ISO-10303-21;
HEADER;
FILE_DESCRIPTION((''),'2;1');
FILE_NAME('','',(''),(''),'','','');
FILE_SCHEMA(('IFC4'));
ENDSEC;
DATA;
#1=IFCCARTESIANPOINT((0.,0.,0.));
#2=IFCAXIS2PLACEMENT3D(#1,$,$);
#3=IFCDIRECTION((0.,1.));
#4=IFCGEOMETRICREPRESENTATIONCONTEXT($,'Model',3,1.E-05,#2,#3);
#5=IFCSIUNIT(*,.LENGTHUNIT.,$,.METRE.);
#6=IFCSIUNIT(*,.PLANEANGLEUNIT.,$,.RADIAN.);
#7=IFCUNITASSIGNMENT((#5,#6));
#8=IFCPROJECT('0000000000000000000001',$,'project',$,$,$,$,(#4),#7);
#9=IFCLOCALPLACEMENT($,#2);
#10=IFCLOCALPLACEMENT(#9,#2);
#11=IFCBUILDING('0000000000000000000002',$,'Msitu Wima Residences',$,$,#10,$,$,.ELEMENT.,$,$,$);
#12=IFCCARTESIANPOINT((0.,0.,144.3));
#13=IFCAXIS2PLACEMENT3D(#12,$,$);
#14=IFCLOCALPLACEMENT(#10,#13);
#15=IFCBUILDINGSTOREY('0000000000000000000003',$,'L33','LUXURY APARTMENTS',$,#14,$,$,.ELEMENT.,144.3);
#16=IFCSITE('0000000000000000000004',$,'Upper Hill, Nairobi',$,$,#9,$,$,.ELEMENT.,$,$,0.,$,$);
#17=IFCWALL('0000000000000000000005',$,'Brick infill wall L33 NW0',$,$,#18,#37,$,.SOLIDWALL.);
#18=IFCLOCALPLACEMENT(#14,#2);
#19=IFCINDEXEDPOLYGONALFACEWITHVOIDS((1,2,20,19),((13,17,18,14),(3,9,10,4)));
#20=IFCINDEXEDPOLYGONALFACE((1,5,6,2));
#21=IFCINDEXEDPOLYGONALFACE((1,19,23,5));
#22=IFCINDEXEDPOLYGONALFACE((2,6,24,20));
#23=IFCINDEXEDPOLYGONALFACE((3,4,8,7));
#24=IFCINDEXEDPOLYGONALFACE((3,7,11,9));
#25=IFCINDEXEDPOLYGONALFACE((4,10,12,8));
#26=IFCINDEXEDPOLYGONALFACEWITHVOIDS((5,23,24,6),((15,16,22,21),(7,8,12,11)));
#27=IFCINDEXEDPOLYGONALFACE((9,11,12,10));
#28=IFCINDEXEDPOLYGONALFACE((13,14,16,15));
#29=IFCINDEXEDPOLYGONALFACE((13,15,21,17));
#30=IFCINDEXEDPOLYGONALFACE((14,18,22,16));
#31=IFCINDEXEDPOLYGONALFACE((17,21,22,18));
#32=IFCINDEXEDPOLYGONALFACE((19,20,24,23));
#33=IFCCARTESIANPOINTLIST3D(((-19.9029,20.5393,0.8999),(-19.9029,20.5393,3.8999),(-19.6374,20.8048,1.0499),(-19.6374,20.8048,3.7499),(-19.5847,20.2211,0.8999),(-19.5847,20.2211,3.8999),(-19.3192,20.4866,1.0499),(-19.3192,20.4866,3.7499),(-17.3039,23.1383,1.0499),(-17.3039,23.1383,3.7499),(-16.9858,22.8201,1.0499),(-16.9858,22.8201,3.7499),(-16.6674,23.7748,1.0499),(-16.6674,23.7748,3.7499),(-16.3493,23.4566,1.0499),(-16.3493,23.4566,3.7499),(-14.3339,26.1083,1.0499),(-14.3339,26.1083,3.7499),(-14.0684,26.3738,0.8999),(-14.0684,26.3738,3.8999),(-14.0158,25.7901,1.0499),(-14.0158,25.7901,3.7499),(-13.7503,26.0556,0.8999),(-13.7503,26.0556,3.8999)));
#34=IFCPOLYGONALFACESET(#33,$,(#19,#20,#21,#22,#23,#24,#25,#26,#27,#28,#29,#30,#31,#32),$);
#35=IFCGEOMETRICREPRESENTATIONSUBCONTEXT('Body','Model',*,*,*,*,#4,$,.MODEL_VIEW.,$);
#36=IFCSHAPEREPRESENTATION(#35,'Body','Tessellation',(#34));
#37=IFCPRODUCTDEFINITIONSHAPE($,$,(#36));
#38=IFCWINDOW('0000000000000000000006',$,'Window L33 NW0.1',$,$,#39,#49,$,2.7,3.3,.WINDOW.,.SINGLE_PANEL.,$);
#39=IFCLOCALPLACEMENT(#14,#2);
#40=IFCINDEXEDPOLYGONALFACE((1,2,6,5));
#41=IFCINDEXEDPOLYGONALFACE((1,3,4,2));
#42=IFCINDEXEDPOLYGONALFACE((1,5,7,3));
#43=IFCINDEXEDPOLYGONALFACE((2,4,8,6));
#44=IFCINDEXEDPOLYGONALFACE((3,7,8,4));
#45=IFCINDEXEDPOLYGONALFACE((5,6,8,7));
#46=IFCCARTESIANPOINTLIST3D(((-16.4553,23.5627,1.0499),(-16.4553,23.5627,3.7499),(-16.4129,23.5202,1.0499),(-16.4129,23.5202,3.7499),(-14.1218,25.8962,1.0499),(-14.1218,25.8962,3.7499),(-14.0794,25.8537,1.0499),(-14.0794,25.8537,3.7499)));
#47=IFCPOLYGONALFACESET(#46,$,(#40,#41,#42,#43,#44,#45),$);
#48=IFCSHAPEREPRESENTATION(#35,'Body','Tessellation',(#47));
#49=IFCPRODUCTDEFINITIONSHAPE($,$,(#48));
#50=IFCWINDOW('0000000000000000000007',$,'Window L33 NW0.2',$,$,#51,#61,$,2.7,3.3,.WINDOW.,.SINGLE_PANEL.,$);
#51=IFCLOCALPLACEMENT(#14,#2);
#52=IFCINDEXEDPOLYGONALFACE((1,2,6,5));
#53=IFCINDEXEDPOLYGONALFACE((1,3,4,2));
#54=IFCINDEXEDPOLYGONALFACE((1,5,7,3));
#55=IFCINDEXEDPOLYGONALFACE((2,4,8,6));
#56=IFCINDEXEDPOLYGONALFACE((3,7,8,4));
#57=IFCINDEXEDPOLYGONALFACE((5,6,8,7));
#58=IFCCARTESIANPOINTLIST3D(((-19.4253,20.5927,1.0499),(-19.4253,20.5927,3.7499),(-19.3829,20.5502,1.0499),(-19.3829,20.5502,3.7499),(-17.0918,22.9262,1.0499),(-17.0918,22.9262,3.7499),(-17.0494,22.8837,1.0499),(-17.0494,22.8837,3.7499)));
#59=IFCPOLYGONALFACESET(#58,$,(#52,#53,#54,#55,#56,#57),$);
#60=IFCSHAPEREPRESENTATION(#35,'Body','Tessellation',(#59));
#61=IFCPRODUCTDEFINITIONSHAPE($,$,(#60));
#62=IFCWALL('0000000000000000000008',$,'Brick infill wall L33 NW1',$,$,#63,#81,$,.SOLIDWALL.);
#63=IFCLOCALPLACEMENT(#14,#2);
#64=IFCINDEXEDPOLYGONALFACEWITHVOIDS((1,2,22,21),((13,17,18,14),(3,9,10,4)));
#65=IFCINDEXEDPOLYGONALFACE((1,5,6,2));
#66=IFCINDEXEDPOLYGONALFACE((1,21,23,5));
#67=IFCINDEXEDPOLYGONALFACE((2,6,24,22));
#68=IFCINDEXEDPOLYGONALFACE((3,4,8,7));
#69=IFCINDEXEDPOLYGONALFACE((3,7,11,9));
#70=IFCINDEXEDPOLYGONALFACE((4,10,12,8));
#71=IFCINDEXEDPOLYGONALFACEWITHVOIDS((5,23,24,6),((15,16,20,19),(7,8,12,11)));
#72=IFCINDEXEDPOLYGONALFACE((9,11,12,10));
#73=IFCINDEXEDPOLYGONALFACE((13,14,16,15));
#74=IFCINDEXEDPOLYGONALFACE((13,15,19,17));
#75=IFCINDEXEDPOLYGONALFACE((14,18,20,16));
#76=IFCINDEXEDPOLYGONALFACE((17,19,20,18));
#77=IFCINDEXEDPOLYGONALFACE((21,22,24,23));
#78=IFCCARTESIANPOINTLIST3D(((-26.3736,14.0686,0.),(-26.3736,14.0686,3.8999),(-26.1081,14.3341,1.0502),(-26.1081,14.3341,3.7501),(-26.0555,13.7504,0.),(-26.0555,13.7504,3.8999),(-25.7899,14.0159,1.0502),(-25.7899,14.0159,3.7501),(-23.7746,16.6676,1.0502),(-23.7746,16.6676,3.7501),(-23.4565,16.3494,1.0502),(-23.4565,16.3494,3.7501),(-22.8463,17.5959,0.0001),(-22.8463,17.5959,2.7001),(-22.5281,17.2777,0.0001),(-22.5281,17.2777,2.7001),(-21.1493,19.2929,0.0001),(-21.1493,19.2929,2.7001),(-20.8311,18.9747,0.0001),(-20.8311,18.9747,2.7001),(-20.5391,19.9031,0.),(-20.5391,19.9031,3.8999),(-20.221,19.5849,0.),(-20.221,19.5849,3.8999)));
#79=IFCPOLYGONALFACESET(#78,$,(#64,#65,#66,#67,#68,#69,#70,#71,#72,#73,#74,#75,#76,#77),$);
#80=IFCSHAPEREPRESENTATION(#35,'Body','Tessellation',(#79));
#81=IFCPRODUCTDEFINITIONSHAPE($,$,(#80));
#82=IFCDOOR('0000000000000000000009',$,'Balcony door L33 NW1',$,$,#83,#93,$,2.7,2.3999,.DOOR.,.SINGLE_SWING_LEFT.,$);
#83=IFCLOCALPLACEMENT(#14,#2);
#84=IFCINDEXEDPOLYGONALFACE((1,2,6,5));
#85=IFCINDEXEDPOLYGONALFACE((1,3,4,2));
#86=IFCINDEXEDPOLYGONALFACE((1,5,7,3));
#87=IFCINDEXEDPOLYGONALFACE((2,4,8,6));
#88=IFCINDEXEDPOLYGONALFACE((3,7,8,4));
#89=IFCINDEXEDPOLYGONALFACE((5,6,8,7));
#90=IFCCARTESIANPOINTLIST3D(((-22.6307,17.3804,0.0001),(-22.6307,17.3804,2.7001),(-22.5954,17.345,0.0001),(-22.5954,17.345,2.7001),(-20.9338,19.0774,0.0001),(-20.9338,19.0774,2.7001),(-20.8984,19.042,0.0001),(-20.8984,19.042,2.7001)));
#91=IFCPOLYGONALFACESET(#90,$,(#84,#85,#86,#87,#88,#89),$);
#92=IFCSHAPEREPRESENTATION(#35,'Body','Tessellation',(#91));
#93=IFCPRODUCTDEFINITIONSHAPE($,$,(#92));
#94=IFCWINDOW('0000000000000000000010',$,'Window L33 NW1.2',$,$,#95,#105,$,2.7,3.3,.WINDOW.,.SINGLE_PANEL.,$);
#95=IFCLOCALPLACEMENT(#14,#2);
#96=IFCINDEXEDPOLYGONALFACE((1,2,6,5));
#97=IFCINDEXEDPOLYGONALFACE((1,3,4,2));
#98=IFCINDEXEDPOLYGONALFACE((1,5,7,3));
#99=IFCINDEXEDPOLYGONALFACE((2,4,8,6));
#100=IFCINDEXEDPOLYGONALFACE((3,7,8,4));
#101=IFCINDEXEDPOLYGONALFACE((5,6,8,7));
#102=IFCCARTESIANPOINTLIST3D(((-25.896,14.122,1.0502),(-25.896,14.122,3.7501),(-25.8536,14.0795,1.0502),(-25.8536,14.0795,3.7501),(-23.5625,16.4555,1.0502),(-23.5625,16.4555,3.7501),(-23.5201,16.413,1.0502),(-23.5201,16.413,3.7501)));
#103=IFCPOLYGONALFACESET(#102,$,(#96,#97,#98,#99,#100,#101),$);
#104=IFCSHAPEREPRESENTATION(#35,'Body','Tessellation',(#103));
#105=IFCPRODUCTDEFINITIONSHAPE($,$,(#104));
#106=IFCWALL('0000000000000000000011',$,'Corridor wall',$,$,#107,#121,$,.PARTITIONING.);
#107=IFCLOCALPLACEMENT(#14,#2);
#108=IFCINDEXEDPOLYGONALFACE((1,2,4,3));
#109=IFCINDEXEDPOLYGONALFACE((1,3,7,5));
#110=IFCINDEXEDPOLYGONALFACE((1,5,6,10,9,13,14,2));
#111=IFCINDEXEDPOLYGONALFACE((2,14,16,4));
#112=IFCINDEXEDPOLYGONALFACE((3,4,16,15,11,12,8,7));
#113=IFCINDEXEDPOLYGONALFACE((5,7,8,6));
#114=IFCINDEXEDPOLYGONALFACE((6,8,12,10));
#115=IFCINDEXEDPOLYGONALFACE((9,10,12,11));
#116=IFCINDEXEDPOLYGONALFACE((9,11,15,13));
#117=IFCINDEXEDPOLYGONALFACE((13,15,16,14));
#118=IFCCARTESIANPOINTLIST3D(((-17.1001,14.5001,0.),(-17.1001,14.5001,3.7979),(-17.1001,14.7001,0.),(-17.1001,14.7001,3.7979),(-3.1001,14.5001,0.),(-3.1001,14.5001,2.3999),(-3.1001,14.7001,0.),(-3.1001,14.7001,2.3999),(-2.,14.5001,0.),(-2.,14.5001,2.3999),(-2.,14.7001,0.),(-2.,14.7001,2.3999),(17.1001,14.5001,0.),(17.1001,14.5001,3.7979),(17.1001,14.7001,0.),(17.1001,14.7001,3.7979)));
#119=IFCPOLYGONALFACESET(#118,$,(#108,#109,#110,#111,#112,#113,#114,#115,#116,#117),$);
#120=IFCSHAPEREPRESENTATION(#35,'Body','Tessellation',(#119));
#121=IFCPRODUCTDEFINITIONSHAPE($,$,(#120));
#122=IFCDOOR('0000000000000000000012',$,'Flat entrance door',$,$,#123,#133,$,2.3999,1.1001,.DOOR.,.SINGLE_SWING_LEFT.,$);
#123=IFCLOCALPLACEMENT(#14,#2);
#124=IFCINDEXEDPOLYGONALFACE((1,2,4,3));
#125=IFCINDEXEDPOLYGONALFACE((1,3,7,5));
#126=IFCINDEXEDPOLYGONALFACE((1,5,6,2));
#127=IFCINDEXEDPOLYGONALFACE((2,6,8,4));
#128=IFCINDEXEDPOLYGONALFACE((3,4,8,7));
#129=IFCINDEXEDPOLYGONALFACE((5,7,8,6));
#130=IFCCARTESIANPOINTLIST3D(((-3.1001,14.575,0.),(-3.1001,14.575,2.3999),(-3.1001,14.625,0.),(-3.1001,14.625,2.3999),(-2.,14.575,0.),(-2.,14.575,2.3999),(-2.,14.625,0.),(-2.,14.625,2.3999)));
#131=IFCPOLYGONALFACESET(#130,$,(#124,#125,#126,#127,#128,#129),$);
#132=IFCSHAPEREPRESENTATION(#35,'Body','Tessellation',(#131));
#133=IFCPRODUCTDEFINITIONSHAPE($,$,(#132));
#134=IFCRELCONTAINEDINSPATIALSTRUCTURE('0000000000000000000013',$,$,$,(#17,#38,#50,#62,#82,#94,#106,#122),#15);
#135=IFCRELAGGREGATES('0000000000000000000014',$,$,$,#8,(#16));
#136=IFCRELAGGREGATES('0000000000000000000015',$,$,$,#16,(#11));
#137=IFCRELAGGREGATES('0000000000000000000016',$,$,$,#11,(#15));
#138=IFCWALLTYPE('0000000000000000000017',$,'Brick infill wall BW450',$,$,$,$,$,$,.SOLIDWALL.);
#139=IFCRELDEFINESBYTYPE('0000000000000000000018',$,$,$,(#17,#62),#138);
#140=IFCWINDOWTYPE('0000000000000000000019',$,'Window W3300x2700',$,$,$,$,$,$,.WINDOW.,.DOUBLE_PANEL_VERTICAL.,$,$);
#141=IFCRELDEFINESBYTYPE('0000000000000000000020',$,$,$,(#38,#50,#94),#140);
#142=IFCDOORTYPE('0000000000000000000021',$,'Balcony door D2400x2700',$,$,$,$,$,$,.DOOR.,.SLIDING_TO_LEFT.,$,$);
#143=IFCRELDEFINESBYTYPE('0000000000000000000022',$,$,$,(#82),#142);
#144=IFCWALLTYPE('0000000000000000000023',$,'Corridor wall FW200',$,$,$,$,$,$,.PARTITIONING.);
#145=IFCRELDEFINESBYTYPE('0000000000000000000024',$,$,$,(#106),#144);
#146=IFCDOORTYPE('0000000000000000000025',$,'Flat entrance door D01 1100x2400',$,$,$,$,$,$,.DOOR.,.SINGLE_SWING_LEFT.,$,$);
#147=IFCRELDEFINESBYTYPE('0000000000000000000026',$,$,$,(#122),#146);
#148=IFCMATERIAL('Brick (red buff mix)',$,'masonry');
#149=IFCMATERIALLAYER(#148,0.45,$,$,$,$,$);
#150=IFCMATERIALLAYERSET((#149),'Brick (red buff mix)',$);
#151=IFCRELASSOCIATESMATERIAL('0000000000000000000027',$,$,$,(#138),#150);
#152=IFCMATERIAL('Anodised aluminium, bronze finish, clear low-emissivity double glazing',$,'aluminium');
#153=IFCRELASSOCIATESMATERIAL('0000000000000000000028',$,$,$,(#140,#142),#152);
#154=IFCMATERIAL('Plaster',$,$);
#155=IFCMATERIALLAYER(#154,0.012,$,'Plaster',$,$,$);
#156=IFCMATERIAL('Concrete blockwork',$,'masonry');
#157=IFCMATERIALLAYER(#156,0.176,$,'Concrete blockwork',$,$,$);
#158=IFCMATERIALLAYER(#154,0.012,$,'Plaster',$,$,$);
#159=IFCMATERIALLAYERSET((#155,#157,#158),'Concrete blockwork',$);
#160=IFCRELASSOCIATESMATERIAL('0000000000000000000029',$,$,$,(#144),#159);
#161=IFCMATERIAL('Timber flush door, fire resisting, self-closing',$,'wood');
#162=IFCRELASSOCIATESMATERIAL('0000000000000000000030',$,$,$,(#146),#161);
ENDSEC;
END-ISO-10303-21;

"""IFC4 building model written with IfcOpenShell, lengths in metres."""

from ifc_helpers import new_model, si_unit, direction, frame, frame_2d, origin, place, context, subcontext, project, spatial, rectangle, extrude, material, layer, layer_set, type_object, element, fill, save


model = new_model("IFC4")

# Units and contexts
model_context = context("Model", 3, precision=1e-05, world=origin(), true_north=direction((0.0, 1.0)))
body_context = subcontext(model_context, "Body", "Model", "MODEL_VIEW")
ifc_project = project(units=[si_unit("LENGTHUNIT", "METRE"), si_unit("PLANEANGLEUNIT", "RADIAN")], contexts=[model_context])

# Site, building, storey
site_placement = place(None, origin())
site = spatial("IfcSite", under=ifc_project, at=site_placement, Name="Upper Hill, Nairobi", CompositionType="ELEMENT", RefElevation=0.0)
building_placement = place(site_placement, origin())
building = spatial("IfcBuilding", under=site, at=building_placement, Name="Msitu Wima Residences", CompositionType="ELEMENT")
storey_placement = place(building_placement, frame((0.0, 0.0, 144.3)))
storey = spatial("IfcBuildingStorey", under=building, at=storey_placement, Name="L33", Description="LUXURY APARTMENTS", CompositionType="ELEMENT", Elevation=144.3)

# Wall, openings, windows
ifc_material_1 = material(Name="Brick (red buff mix)", Category="masonry")
ifc_layer_1 = layer(ifc_material_1, 0.45)
ifc_layer_set_1 = layer_set([ifc_layer_1], Name="Brick (red buff mix)")
wall_type_1 = type_object("IfcWallType", Name="Brick infill wall BW450", PredefinedType="SOLIDWALL", material=ifc_layer_set_1)
wall_1_placement = place(storey_placement, frame((-13.9094, 26.2146, 0.8999), z_axis=(0.0, 0.0, 1.0), x_axis=(-0.707107, -0.707107, 0.0)))
wall_1 = element("IfcWall", 1, at=wall_1_placement, inside=storey, type_object=wall_type_1, Name="Brick infill wall L33 NW0", PredefinedType="SOLIDWALL", context=body_context, shape_type="SweptSolid", body=[
    extrude(rectangle(XDim=8.2512, YDim=0.45, at=frame_2d((4.1255, 0.0))), origin(), (0.0, 0.0, 1.0), 3.0),
])
opening_1_placement = place(wall_1_placement, frame((0.3755, 0.0, 0.1499)))
opening_1 = element("IfcOpeningElement", 2, at=opening_1_placement, cuts=wall_1, PredefinedType="OPENING", context=body_context, shape_type="SweptSolid", body=[
    extrude(rectangle(XDim=3.3, YDim=2.7, at=frame_2d((1.6499, 1.3501))), frame((0.0, 0.2349, 0.0), z_axis=(0.0, -1.0, 0.0), x_axis=(1.0, 0.0, 0.0)), (0.0, 0.0, 1.0), 0.47),
])
opening_2_placement = place(wall_1_placement, frame((4.5757, 0.0, 0.1499)))
opening_2 = element("IfcOpeningElement", 3, at=opening_2_placement, cuts=wall_1, PredefinedType="OPENING", context=body_context, shape_type="SweptSolid", body=[
    extrude(rectangle(XDim=3.3, YDim=2.7, at=frame_2d((1.6499, 1.3501))), frame((0.0, 0.2349, 0.0), z_axis=(0.0, -1.0, 0.0), x_axis=(1.0, 0.0, 0.0)), (0.0, 0.0, 1.0), 0.47),
])
ifc_material_2 = material(Name="Anodised aluminium, bronze finish, clear low-emissivity double glazing", Category="aluminium")
window_type = type_object("IfcWindowType", Name="Window W3300x2700", PartitioningType="DOUBLE_PANEL_VERTICAL", PredefinedType="WINDOW", material=ifc_material_2)
window_1_placement = place(opening_1_placement, origin())
window_1 = element("IfcWindow", 4, at=window_1_placement, inside=storey, type_object=window_type, Name="Window L33 NW0.1", OverallHeight=2.7, OverallWidth=3.3, PartitioningType="SINGLE_PANEL", PredefinedType="WINDOW", context=body_context, shape_type="SweptSolid", body=[
    extrude(rectangle(XDim=3.3, YDim=2.7, at=frame_2d((1.6499, 1.3501))), frame((0.0, 0.135, 0.0), z_axis=(0.0, -1.0, 0.0), x_axis=(1.0, 0.0, 0.0)), (0.0, 0.0, 1.0), 0.0601),
])
fill(opening_1, window_1)
window_2_placement = place(opening_2_placement, origin())
window_2 = element("IfcWindow", 5, at=window_2_placement, inside=storey, type_object=window_type, Name="Window L33 NW0.2", OverallHeight=2.7, OverallWidth=3.3, PartitioningType="SINGLE_PANEL", PredefinedType="WINDOW", context=body_context, shape_type="SweptSolid", body=[
    extrude(rectangle(XDim=3.3, YDim=2.7, at=frame_2d((1.6499, 1.3501))), frame((0.0, 0.135, 0.0), z_axis=(0.0, -1.0, 0.0), x_axis=(1.0, 0.0, 0.0)), (0.0, 0.0, 1.0), 0.0601),
])
fill(opening_2, window_2)

# Wall, openings, door, window
wall_2_placement = place(storey_placement, frame((-20.3801, 19.7439, 0.0), z_axis=(0.0, 0.0, 1.0), x_axis=(-0.707107, -0.707107, 0.0)))
wall_2 = element("IfcWall", 6, at=wall_2_placement, inside=storey, type_object=wall_type_1, Name="Brick infill wall L33 NW1", PredefinedType="SOLIDWALL", context=body_context, shape_type="SweptSolid", body=[
    extrude(rectangle(XDim=8.2512, YDim=0.45, at=frame_2d((4.1255, 0.0))), origin(), (0.0, 0.0, 1.0), 3.8999),
])
opening_3_placement = place(wall_2_placement, frame((0.8628, 0.0, 0.0)))
opening_3 = element("IfcOpeningElement", 7, at=opening_3_placement, cuts=wall_2, PredefinedType="OPENING", context=body_context, shape_type="SweptSolid", body=[
    extrude(rectangle(XDim=2.3999, YDim=2.7, at=frame_2d((1.2, 1.3501))), frame((0.0, 0.2349, 0.0), z_axis=(0.0, -1.0, 0.0), x_axis=(1.0, 0.0, 0.0)), (0.0, 0.0, 1.0), 0.47),
])
opening_4_placement = place(wall_2_placement, frame((4.5757, 0.0, 1.05)))
opening_4 = element("IfcOpeningElement", 8, at=opening_4_placement, cuts=wall_2, PredefinedType="OPENING", context=body_context, shape_type="SweptSolid", body=[
    extrude(rectangle(XDim=3.3, YDim=2.7, at=frame_2d((1.6499, 1.3501))), frame((0.0, 0.2349, 0.0), z_axis=(0.0, -1.0, 0.0), x_axis=(1.0, 0.0, 0.0)), (0.0, 0.0, 1.0), 0.47),
])
door_type_1 = type_object("IfcDoorType", Name="Balcony door D2400x2700", OperationType="SLIDING_TO_LEFT", PredefinedType="DOOR", material=ifc_material_2)
door_1_placement = place(opening_3_placement, origin())
door_1 = element("IfcDoor", 9, at=door_1_placement, inside=storey, type_object=door_type_1, Name="Balcony door L33 NW1", OperationType="SINGLE_SWING_LEFT", OverallHeight=2.7, OverallWidth=2.3999, PredefinedType="DOOR", context=body_context, shape_type="SweptSolid", body=[
    extrude(rectangle(XDim=2.3999, YDim=2.7, at=frame_2d((1.2, 1.3501))), frame((0.0, 0.1299, 0.0), z_axis=(0.0, -1.0, 0.0), x_axis=(1.0, 0.0, 0.0)), (0.0, 0.0, 1.0), 0.05),
])
fill(opening_3, door_1)
window_3_placement = place(opening_4_placement, origin())
window_3 = element("IfcWindow", 10, at=window_3_placement, inside=storey, type_object=window_type, Name="Window L33 NW1.2", OverallHeight=2.7, OverallWidth=3.3, PartitioningType="SINGLE_PANEL", PredefinedType="WINDOW", context=body_context, shape_type="SweptSolid", body=[
    extrude(rectangle(XDim=3.3, YDim=2.7, at=frame_2d((1.6499, 1.3501))), frame((0.0, 0.135, 0.0), z_axis=(0.0, -1.0, 0.0), x_axis=(1.0, 0.0, 0.0)), (0.0, 0.0, 1.0), 0.0601),
])
fill(opening_4, window_3)

# Wall, opening, door
ifc_material_3 = material(Name="Plaster")
ifc_layer_2 = layer(ifc_material_3, 0.012, Name="Plaster")
ifc_material_4 = material(Name="Concrete blockwork", Category="masonry")
ifc_layer_3 = layer(ifc_material_4, 0.176, Name="Concrete blockwork")
ifc_layer_4 = layer(ifc_material_3, 0.012, Name="Plaster")
ifc_layer_set_2 = layer_set([ifc_layer_2, ifc_layer_3, ifc_layer_4], Name="Concrete blockwork")
wall_type_2 = type_object("IfcWallType", Name="Corridor wall FW200", PredefinedType="PARTITIONING", material=ifc_layer_set_2)
wall_3_placement = place(storey_placement, frame((-17.1001, 14.6001, 0.0), z_axis=(0.0, 0.0, 1.0), x_axis=(1.0, 0.0, 0.0)))
wall_3 = element("IfcWall", 11, at=wall_3_placement, inside=storey, type_object=wall_type_2, Name="Corridor wall", PredefinedType="PARTITIONING", context=body_context, shape_type="SweptSolid", body=[
    extrude(rectangle(XDim=34.2002, YDim=0.2, at=frame_2d((17.1001, 0.0))), origin(), (0.0, 0.0, 1.0), 3.7979),
])
opening_5_placement = place(wall_3_placement, frame((14.0, 0.0, 0.0)))
opening_5 = element("IfcOpeningElement", 12, at=opening_5_placement, cuts=wall_3, PredefinedType="OPENING", context=body_context, shape_type="SweptSolid", body=[
    extrude(rectangle(XDim=1.1001, YDim=2.3999, at=frame_2d((0.55, 1.2))), frame((0.0, 0.1099, 0.0), z_axis=(0.0, -1.0, 0.0), x_axis=(1.0, 0.0, 0.0)), (0.0, 0.0, 1.0), 0.22),
])
ifc_material_5 = material(Name="Timber flush door, fire resisting, self-closing", Category="wood")
door_type_2 = type_object("IfcDoorType", Name="Flat entrance door D01 1100x2400", OperationType="SINGLE_SWING_LEFT", PredefinedType="DOOR", material=ifc_material_5)
door_2_placement = place(opening_5_placement, origin())
door_2 = element("IfcDoor", 13, at=door_2_placement, inside=storey, type_object=door_type_2, Name="Flat entrance door", OperationType="SINGLE_SWING_LEFT", OverallHeight=2.3999, OverallWidth=1.1001, PredefinedType="DOOR", context=body_context, shape_type="SweptSolid", body=[
    extrude(rectangle(XDim=1.1001, YDim=2.3999, at=frame_2d((0.55, 1.2))), frame((0.0, 0.0249, 0.0), z_axis=(0.0, -1.0, 0.0), x_axis=(1.0, 0.0, 0.0)), (0.0, 0.0, 1.0), 0.05),
])
fill(opening_5, door_2)

save(model, "model.ifc")
